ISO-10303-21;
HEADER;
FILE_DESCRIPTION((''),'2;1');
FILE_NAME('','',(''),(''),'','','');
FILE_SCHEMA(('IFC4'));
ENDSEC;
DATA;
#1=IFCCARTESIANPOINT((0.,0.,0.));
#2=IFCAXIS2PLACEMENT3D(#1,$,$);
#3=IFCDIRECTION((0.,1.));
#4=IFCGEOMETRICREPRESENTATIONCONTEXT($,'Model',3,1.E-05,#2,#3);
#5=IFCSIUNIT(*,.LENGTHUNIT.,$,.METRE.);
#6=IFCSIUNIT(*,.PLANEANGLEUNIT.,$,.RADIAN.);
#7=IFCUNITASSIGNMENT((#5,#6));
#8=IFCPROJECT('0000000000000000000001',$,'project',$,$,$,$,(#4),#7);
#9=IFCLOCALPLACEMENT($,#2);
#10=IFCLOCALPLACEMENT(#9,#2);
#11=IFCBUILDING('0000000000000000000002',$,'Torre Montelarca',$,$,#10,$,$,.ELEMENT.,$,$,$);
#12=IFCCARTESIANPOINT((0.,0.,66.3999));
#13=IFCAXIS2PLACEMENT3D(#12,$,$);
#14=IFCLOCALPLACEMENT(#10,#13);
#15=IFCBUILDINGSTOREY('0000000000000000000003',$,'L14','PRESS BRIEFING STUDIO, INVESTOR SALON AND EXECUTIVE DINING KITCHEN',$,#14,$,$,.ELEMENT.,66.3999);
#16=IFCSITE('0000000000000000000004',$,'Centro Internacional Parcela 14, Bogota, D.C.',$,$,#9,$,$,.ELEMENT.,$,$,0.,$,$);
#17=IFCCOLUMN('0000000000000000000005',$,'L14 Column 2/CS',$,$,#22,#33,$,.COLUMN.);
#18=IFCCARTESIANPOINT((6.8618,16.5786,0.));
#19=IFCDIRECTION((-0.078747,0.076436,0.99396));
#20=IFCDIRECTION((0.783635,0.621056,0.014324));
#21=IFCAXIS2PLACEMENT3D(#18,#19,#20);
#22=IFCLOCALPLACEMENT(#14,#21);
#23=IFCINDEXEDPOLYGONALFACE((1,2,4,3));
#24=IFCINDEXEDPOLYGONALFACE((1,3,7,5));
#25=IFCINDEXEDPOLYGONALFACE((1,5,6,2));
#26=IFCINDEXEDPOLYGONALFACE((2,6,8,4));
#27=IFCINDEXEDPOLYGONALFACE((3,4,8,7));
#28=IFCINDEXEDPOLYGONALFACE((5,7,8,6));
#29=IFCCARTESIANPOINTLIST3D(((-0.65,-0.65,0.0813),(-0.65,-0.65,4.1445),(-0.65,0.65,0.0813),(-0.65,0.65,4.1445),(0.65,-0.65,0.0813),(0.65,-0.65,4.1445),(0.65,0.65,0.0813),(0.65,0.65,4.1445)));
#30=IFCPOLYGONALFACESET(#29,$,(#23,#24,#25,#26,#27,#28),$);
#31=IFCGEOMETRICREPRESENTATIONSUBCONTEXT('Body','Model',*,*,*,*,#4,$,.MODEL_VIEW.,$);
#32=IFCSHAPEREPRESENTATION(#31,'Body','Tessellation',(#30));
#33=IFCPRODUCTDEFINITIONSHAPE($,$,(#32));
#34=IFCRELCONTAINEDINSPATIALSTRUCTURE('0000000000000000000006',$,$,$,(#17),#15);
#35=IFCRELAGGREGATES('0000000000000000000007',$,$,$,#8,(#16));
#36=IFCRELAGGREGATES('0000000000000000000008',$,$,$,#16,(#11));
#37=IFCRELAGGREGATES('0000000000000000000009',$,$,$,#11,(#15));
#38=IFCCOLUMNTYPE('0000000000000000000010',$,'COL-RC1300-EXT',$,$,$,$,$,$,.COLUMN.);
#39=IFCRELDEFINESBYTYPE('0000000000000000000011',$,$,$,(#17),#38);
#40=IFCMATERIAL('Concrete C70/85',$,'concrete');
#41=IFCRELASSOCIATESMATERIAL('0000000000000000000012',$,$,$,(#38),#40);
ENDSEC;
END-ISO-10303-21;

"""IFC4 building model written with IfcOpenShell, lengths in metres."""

from ifc_helpers import new_model, si_unit, direction, frame, origin, origin_2d, place, context, subcontext, project, spatial, rectangle, extrude, clip, halfspace, material, material_profile, profile_set, type_object, element, save


model = new_model("IFC4")

# Units and contexts
model_context = context("Model", 3, precision=1e-05, world=origin(), true_north=direction((0.0, 1.0)))
body_context = subcontext(model_context, "Body", "Model", "MODEL_VIEW")
ifc_project = project(units=[si_unit("LENGTHUNIT", "METRE"), si_unit("PLANEANGLEUNIT", "RADIAN")], contexts=[model_context])

# Site, building, storey
site_placement = place(None, origin())
site = spatial("IfcSite", under=ifc_project, at=site_placement, Name="Centro Internacional Parcela 14, Bogota, D.C.", CompositionType="ELEMENT", RefElevation=0.0)
building_placement = place(site_placement, origin())
building = spatial("IfcBuilding", under=site, at=building_placement, Name="Torre Montelarca", CompositionType="ELEMENT")
storey_placement = place(building_placement, frame((0.0, 0.0, 66.3999)))
storey = spatial("IfcBuildingStorey", under=building, at=storey_placement, Name="L14", Description="PRESS BRIEFING STUDIO, INVESTOR SALON AND EXECUTIVE DINING KITCHEN", CompositionType="ELEMENT", Elevation=66.3999)

# Column
ifc_material_1 = material(Name="Concrete C70/85", Category="concrete")
ifc_material_profile_1 = material_profile(ifc_material_1, rectangle(XDim=1.3, YDim=1.3, at=origin_2d()), Name="RC1300X1300", Category="concrete")
ifc_profile_set_1 = profile_set([ifc_material_profile_1], Name="Concrete C70/85")
column_type = type_object("IfcColumnType", Name="COL-RC1300-EXT", PredefinedType="COLUMN", material=ifc_profile_set_1)
column_placement = place(storey_placement, frame((6.8618, 16.5786, 0.0), z_axis=(-0.078747, 0.076436, 0.99396), x_axis=(0.783635, 0.621056, 0.014324)))
element("IfcColumn", 1, at=column_placement, inside=storey, type_object=column_type, Name="L14 Column 2/CS", PredefinedType="COLUMN", context=body_context, shape_type="Clipping", body=[
    clip(clip(extrude(rectangle(XDim=1.3, YDim=1.3, at=origin_2d()), origin(), (0.0, 0.0, 1.0), 4.2258), halfspace(frame((0.0, 0.0, 0.0813), z_axis=(0.0, 0.0, -1.0), x_axis=(1.0, 0.0, 0.0)), False)), halfspace(frame((0.0, 0.0, 4.1445), z_axis=(0.0, 0.0, 1.0), x_axis=(1.0, 0.0, 0.0)), False)),
])

save(model, "model.ifc")
